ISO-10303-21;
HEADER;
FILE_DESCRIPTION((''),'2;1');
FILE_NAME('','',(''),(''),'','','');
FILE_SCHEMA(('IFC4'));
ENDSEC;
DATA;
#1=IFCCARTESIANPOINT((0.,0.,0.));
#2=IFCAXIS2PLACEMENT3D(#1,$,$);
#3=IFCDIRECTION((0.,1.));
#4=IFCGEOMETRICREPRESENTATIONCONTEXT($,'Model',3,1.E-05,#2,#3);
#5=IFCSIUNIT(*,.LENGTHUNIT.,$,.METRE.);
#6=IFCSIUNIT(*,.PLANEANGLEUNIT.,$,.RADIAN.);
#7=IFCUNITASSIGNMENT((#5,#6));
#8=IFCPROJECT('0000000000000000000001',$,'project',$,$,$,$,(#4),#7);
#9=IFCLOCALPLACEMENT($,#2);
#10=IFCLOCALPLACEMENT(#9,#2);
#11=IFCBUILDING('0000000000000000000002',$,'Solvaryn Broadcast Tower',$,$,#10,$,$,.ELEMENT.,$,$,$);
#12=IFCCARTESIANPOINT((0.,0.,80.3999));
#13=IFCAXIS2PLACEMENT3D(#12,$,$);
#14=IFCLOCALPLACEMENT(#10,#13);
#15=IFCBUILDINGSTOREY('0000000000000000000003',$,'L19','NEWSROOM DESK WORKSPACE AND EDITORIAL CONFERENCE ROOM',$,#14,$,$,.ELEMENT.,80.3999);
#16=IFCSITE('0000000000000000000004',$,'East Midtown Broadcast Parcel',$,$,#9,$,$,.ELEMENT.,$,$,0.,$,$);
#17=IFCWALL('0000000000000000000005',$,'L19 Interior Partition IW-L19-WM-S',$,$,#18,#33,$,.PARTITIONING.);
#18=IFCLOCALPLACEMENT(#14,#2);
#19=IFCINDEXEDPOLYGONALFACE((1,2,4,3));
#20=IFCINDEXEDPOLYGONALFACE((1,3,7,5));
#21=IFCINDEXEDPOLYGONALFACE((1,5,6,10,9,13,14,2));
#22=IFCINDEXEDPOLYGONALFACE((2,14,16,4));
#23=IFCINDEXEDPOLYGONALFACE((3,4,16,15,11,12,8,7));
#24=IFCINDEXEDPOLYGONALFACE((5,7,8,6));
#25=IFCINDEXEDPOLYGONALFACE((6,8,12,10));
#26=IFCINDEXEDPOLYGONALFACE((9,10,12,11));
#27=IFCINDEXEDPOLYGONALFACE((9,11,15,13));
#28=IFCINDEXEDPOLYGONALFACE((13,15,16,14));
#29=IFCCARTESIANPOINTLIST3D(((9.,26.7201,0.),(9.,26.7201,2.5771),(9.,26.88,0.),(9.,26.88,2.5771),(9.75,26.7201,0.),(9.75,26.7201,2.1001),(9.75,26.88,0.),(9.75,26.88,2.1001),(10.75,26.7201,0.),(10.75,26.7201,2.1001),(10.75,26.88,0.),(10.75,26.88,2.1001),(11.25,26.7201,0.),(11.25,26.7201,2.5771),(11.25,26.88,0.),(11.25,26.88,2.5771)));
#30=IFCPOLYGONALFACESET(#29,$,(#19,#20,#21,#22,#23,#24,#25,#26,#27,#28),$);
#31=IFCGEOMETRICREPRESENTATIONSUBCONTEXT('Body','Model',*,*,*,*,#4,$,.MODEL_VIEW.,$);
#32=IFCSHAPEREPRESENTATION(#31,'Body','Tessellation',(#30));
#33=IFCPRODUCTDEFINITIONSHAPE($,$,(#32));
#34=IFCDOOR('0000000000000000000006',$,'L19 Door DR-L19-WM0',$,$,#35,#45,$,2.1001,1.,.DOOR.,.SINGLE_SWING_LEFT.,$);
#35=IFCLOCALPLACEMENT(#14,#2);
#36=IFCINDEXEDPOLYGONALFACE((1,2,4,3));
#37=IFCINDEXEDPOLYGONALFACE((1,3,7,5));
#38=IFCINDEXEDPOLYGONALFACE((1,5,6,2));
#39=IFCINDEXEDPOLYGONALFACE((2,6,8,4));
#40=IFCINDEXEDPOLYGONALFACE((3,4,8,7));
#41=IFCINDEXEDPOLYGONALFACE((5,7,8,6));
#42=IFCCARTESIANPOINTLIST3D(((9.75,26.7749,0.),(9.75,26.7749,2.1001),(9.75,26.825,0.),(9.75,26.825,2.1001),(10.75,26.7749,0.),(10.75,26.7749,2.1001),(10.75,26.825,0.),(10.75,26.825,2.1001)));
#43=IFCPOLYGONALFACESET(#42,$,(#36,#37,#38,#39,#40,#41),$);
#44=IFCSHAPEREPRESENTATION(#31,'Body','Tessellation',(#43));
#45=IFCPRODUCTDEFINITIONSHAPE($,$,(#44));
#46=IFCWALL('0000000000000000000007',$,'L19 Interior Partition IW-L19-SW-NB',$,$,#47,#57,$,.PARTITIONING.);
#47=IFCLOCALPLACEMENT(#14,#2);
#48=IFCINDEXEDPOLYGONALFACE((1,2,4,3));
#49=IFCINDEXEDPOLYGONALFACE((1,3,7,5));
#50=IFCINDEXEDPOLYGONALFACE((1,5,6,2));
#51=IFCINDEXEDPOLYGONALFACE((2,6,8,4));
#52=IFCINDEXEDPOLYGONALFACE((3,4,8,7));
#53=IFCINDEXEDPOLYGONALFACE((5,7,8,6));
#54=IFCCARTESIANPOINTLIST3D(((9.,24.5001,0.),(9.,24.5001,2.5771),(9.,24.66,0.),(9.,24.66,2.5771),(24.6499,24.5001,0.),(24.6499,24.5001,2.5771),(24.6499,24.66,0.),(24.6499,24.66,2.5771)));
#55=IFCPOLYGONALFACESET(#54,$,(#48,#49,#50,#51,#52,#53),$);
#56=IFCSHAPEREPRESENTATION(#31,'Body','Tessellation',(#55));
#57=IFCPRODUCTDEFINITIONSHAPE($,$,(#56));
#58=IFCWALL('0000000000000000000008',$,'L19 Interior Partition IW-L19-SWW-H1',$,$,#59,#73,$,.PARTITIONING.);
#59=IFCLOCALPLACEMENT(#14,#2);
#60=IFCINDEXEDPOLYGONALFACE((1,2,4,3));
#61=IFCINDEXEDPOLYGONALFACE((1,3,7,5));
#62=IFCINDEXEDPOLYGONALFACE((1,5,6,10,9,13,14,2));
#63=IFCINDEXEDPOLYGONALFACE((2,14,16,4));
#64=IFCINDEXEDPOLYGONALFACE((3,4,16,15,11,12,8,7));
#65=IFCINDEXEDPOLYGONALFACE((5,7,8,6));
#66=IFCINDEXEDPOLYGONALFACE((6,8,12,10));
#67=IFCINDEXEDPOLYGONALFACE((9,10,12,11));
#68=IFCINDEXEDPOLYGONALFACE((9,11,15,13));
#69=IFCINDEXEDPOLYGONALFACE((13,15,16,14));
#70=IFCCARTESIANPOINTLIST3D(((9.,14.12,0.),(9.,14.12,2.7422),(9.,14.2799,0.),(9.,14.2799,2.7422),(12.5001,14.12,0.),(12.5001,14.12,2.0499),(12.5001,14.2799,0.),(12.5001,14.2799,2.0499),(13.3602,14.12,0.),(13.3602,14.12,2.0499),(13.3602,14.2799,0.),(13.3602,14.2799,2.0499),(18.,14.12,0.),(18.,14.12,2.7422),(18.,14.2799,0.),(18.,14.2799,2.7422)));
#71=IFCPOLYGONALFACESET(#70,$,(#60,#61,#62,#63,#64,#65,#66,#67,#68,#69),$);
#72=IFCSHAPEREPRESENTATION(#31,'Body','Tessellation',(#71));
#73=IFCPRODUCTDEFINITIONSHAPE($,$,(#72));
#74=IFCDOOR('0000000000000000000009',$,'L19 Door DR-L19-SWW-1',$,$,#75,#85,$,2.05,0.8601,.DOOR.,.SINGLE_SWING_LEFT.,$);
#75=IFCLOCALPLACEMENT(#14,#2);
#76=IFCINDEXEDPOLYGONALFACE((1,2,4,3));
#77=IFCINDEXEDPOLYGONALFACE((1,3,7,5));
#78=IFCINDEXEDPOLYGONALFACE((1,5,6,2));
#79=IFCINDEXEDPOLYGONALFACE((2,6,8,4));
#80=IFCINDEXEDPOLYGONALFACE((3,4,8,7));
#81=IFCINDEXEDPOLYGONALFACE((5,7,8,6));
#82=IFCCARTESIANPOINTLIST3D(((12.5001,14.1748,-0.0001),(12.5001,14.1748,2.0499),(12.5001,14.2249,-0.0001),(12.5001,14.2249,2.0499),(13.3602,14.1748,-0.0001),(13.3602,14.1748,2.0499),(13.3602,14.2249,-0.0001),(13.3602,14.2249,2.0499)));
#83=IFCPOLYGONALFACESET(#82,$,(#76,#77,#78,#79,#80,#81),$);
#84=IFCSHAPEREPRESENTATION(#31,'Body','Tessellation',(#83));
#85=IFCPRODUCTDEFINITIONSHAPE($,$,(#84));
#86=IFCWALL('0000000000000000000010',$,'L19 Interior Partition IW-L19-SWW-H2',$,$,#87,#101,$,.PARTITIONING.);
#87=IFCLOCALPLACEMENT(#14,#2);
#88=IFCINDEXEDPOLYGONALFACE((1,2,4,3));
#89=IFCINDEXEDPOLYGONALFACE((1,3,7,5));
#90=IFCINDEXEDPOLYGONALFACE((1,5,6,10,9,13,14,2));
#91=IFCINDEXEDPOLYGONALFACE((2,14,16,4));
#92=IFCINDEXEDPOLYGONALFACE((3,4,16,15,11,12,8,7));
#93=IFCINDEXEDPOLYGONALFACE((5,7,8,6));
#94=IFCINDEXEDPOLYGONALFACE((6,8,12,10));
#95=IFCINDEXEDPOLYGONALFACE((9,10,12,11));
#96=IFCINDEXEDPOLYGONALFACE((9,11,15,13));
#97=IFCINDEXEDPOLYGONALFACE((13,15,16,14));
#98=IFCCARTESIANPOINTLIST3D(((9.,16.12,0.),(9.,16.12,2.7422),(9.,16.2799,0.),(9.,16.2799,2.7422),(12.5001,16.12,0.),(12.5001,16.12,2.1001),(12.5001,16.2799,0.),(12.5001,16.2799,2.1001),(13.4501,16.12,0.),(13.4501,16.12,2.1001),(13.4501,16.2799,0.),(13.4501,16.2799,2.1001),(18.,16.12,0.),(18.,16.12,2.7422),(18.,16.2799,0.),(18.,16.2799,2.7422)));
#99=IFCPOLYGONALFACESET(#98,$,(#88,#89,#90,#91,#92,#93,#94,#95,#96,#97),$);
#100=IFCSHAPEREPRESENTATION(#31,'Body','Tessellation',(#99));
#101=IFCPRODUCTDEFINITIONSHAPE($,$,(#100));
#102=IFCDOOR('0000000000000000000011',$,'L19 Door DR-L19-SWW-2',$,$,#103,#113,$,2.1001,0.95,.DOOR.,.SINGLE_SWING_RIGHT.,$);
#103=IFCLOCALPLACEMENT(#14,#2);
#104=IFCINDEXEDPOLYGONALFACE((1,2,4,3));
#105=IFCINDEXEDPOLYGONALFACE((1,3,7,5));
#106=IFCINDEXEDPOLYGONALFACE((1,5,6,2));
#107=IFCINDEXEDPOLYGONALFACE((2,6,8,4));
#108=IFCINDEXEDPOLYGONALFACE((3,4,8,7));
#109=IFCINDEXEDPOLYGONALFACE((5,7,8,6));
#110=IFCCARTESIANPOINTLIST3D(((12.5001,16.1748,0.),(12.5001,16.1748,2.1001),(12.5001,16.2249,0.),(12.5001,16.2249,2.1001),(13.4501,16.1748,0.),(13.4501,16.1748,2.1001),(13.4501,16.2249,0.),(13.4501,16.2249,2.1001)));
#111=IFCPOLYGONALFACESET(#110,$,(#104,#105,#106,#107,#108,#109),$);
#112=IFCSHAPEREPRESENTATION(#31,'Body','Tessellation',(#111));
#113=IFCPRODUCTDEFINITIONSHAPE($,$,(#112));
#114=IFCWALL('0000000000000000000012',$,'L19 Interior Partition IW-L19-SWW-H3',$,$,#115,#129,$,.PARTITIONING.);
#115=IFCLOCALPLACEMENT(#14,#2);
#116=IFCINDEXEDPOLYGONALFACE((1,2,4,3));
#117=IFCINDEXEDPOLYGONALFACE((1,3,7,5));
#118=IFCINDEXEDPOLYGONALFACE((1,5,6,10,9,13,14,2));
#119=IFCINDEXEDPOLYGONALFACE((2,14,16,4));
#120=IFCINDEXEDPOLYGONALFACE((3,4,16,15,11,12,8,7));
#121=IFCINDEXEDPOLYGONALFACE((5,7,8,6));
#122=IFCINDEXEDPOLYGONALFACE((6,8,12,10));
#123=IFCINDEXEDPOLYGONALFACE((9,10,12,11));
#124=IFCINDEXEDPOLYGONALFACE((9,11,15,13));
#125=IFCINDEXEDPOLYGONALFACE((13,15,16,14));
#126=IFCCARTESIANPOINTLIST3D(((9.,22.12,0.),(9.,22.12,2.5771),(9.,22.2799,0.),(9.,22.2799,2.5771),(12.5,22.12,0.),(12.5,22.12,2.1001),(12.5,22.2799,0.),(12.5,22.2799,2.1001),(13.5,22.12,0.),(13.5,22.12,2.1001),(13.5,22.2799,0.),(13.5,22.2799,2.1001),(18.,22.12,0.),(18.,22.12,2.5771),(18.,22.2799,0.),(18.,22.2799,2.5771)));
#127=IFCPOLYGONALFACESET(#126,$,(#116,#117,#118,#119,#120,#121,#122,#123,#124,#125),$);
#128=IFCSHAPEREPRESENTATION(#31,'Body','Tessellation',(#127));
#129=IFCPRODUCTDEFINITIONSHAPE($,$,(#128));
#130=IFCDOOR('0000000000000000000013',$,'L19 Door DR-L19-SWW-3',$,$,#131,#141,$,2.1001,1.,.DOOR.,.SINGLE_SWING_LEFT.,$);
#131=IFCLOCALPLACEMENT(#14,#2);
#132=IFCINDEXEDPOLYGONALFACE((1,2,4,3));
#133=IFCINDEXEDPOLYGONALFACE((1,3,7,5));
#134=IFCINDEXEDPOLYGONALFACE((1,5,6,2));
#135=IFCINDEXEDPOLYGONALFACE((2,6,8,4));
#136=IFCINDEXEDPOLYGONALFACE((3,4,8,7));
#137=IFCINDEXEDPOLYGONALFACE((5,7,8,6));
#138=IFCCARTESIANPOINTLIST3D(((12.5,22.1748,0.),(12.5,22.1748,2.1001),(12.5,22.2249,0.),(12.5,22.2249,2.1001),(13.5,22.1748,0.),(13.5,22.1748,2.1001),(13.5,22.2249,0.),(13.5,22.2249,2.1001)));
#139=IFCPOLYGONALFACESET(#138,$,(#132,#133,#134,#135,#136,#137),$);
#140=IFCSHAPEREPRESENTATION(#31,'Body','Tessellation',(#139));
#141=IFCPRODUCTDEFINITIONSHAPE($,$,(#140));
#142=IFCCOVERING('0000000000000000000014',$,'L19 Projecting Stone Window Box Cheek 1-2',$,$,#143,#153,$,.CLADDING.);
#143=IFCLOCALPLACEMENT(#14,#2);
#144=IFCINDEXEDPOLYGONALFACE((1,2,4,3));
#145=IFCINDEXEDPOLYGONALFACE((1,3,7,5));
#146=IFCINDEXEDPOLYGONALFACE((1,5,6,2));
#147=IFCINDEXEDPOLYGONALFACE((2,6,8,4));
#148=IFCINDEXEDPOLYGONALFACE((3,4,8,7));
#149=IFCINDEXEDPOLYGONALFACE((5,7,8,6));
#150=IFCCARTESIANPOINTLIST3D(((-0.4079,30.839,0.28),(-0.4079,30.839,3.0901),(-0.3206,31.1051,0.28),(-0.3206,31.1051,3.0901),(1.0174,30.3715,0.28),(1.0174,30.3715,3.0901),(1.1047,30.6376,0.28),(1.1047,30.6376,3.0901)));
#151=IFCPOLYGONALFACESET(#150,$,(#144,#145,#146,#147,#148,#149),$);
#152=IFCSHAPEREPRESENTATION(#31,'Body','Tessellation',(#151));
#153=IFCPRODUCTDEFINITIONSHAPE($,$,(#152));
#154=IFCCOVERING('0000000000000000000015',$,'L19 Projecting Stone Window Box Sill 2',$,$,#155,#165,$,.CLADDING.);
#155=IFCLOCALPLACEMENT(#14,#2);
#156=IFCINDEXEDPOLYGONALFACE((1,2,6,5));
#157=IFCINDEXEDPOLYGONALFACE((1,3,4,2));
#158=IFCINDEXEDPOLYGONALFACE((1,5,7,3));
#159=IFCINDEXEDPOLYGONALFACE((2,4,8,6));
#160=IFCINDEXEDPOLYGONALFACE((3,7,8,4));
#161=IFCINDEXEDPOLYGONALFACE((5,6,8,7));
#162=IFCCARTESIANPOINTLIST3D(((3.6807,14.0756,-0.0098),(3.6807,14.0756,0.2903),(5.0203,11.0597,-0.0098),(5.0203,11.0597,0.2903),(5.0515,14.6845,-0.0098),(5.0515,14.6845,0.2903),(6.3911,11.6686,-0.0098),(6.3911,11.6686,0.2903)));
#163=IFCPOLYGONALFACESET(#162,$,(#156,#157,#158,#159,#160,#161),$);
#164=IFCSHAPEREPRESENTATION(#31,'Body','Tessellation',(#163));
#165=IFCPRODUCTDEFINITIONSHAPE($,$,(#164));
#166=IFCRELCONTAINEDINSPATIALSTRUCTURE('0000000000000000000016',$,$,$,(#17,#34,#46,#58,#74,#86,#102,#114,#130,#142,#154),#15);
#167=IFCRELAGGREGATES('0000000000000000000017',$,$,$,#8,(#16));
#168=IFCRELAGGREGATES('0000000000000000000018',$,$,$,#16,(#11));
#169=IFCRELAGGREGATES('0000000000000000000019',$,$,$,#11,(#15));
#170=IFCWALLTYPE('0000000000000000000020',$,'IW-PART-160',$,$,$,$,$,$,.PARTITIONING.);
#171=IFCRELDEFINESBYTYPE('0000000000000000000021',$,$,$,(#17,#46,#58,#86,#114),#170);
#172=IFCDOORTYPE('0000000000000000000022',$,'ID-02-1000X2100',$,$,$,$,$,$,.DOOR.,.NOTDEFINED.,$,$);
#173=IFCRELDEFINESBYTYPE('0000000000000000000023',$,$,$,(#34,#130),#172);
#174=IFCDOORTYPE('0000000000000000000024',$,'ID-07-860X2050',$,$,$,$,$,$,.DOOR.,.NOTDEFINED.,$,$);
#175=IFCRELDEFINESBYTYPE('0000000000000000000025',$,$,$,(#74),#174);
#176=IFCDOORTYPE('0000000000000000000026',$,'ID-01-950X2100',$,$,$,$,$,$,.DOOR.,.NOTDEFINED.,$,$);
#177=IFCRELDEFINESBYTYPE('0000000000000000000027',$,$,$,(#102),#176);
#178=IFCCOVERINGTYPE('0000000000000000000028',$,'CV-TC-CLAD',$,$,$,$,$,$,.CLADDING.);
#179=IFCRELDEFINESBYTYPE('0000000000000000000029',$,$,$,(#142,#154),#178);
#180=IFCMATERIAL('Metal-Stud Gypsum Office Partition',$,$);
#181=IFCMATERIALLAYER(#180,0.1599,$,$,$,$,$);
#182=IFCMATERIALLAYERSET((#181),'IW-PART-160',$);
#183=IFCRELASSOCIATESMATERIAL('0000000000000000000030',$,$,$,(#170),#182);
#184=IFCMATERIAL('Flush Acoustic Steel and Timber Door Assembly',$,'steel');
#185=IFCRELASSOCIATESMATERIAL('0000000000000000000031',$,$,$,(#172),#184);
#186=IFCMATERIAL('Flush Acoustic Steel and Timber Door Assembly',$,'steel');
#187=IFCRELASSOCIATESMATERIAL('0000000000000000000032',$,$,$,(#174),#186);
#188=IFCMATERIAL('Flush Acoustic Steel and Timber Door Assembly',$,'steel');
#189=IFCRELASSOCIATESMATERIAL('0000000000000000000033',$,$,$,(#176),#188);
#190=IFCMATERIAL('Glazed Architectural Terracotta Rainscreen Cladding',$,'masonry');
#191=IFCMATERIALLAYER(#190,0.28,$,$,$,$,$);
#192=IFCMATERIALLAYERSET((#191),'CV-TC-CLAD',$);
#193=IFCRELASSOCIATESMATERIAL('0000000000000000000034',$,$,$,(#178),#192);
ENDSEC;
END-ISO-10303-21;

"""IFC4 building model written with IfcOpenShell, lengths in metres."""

from ifc_helpers import new_model, si_unit, direction, frame, frame_2d, origin, origin_2d, place, context, subcontext, project, spatial, rectangle, extrude, material, layer, layer_set, type_object, element, fill, save


model = new_model("IFC4")

# Units and contexts
model_context = context("Model", 3, precision=1e-05, world=origin(), true_north=direction((0.0, 1.0)))
body_context = subcontext(model_context, "Body", "Model", "MODEL_VIEW")
ifc_project = project(units=[si_unit("LENGTHUNIT", "METRE"), si_unit("PLANEANGLEUNIT", "RADIAN")], contexts=[model_context])

# Site, building, storey
site_placement = place(None, origin())
site = spatial("IfcSite", under=ifc_project, at=site_placement, Name="East Midtown Broadcast Parcel", CompositionType="ELEMENT", RefElevation=0.0)
building_placement = place(site_placement, origin())
building = spatial("IfcBuilding", under=site, at=building_placement, Name="Solvaryn Broadcast Tower", CompositionType="ELEMENT")
storey_placement = place(building_placement, frame((0.0, 0.0, 80.3999)))
storey = spatial("IfcBuildingStorey", under=building, at=storey_placement, Name="L19", Description="NEWSROOM DESK WORKSPACE AND EDITORIAL CONFERENCE ROOM", CompositionType="ELEMENT", Elevation=80.3999)

# Wall, opening, door
ifc_material_1 = material(Name="Metal-Stud Gypsum Office Partition")
ifc_layer_1 = layer(ifc_material_1, 0.1599)
ifc_layer_set_1 = layer_set([ifc_layer_1], Name="IW-PART-160")
wall_type_1 = type_object("IfcWallType", Name="IW-PART-160", PredefinedType="PARTITIONING", material=ifc_layer_set_1)
wall_1_placement = place(storey_placement, frame((9.0, 26.8, 0.0), z_axis=(0.0, 0.0, 1.0), x_axis=(1.0, 0.0, 0.0)))
wall_1 = element("IfcWall", 1, at=wall_1_placement, inside=storey, type_object=wall_type_1, Name="L19 Interior Partition IW-L19-WM-S", PredefinedType="PARTITIONING", context=body_context, shape_type="SweptSolid", body=[
    extrude(rectangle(XDim=2.25, YDim=0.1599, at=frame_2d((1.125, 0.0))), origin(), (0.0, 0.0, 1.0), 2.5771),
])
opening_1_placement = place(wall_1_placement, frame((0.75, 0.0, 0.0)))
opening_1 = element("IfcOpeningElement", 2, at=opening_1_placement, cuts=wall_1, PredefinedType="OPENING", context=body_context, shape_type="SweptSolid", body=[
    extrude(rectangle(XDim=1.0, YDim=2.1001, at=frame_2d((0.5, 1.05))), frame((0.0, 0.0901, 0.0), z_axis=(0.0, -1.0, 0.0), x_axis=(1.0, 0.0, 0.0)), (0.0, 0.0, 1.0), 0.1799),
])
ifc_material_2 = material(Name="Flush Acoustic Steel and Timber Door Assembly", Category="steel")
door_type_1 = type_object("IfcDoorType", Name="ID-02-1000X2100", OperationType="NOTDEFINED", PredefinedType="DOOR", material=ifc_material_2)
door_1_placement = place(opening_1_placement, origin())
door_1 = element("IfcDoor", 3, at=door_1_placement, inside=storey, type_object=door_type_1, Name="L19 Door DR-L19-WM0", OperationType="SINGLE_SWING_LEFT", OverallHeight=2.1001, OverallWidth=1.0, PredefinedType="DOOR", context=body_context, shape_type="SweptSolid", body=[
    extrude(rectangle(XDim=1.0, YDim=2.1001, at=frame_2d((0.5, 1.05))), frame((0.0, 0.0249, 0.0), z_axis=(0.0, -1.0, 0.0), x_axis=(1.0, 0.0, 0.0)), (0.0, 0.0, 1.0), 0.05),
])
fill(opening_1, door_1)

# Wall
wall_2_placement = place(storey_placement, frame((9.0, 24.5801, 0.0), z_axis=(0.0, 0.0, 1.0), x_axis=(1.0, 0.0, 0.0)))
element("IfcWall", 4, at=wall_2_placement, inside=storey, type_object=wall_type_1, Name="L19 Interior Partition IW-L19-SW-NB", PredefinedType="PARTITIONING", context=body_context, shape_type="SweptSolid", body=[
    extrude(rectangle(XDim=15.6499, YDim=0.1599, at=frame_2d((7.825, 0.0))), origin(), (0.0, 0.0, 1.0), 2.5771),
])

# Walls, openings, doors
wall_3_placement = place(storey_placement, frame((9.0, 14.2, 0.0), z_axis=(0.0, 0.0, 1.0), x_axis=(1.0, 0.0, 0.0)))
wall_3 = element("IfcWall", 5, at=wall_3_placement, inside=storey, type_object=wall_type_1, Name="L19 Interior Partition IW-L19-SWW-H1", PredefinedType="PARTITIONING", context=body_context, shape_type="SweptSolid", body=[
    extrude(rectangle(XDim=9.0, YDim=0.1599, at=frame_2d((4.5, 0.0))), origin(), (0.0, 0.0, 1.0), 2.7422),
])
opening_2_placement = place(wall_3_placement, frame((3.5, 0.0, 0.0)))
opening_2 = element("IfcOpeningElement", 6, at=opening_2_placement, cuts=wall_3, PredefinedType="OPENING", context=body_context, shape_type="SweptSolid", body=[
    extrude(rectangle(XDim=0.8601, YDim=2.05, at=frame_2d((0.4302, 1.0249))), frame((0.0, 0.0901, 0.0), z_axis=(0.0, -1.0, 0.0), x_axis=(1.0, 0.0, 0.0)), (0.0, 0.0, 1.0), 0.1799),
])
ifc_material_3 = material(Name="Flush Acoustic Steel and Timber Door Assembly", Category="steel")
door_type_2 = type_object("IfcDoorType", Name="ID-07-860X2050", OperationType="NOTDEFINED", PredefinedType="DOOR", material=ifc_material_3)
door_2_placement = place(opening_2_placement, origin())
door_2 = element("IfcDoor", 7, at=door_2_placement, inside=storey, type_object=door_type_2, Name="L19 Door DR-L19-SWW-1", OperationType="SINGLE_SWING_LEFT", OverallHeight=2.05, OverallWidth=0.8601, PredefinedType="DOOR", context=body_context, shape_type="SweptSolid", body=[
    extrude(rectangle(XDim=0.8601, YDim=2.05, at=frame_2d((0.4302, 1.0249))), frame((0.0, 0.0249, 0.0), z_axis=(0.0, -1.0, 0.0), x_axis=(1.0, 0.0, 0.0)), (0.0, 0.0, 1.0), 0.05),
])
fill(opening_2, door_2)
wall_4_placement = place(storey_placement, frame((9.0, 16.2, 0.0), z_axis=(0.0, 0.0, 1.0), x_axis=(1.0, 0.0, 0.0)))
wall_4 = element("IfcWall", 8, at=wall_4_placement, inside=storey, type_object=wall_type_1, Name="L19 Interior Partition IW-L19-SWW-H2", PredefinedType="PARTITIONING", context=body_context, shape_type="SweptSolid", body=[
    extrude(rectangle(XDim=9.0, YDim=0.1599, at=frame_2d((4.5, 0.0))), origin(), (0.0, 0.0, 1.0), 2.7422),
])
opening_3_placement = place(wall_4_placement, frame((3.5, 0.0, 0.0)))
opening_3 = element("IfcOpeningElement", 9, at=opening_3_placement, cuts=wall_4, PredefinedType="OPENING", context=body_context, shape_type="SweptSolid", body=[
    extrude(rectangle(XDim=0.95, YDim=2.1001, at=frame_2d((0.4751, 1.05))), frame((0.0, 0.0901, 0.0), z_axis=(0.0, -1.0, 0.0), x_axis=(1.0, 0.0, 0.0)), (0.0, 0.0, 1.0), 0.1799),
])
ifc_material_4 = material(Name="Flush Acoustic Steel and Timber Door Assembly", Category="steel")
door_type_3 = type_object("IfcDoorType", Name="ID-01-950X2100", OperationType="NOTDEFINED", PredefinedType="DOOR", material=ifc_material_4)
door_3_placement = place(opening_3_placement, origin())
door_3 = element("IfcDoor", 10, at=door_3_placement, inside=storey, type_object=door_type_3, Name="L19 Door DR-L19-SWW-2", OperationType="SINGLE_SWING_RIGHT", OverallHeight=2.1001, OverallWidth=0.95, PredefinedType="DOOR", context=body_context, shape_type="SweptSolid", body=[
    extrude(rectangle(XDim=0.95, YDim=2.1001, at=frame_2d((0.4751, 1.05))), frame((0.0, 0.0249, 0.0), z_axis=(0.0, -1.0, 0.0), x_axis=(1.0, 0.0, 0.0)), (0.0, 0.0, 1.0), 0.05),
])
fill(opening_3, door_3)
wall_5_placement = place(storey_placement, frame((9.0, 22.2, 0.0), z_axis=(0.0, 0.0, 1.0), x_axis=(1.0, 0.0, 0.0)))
wall_5 = element("IfcWall", 11, at=wall_5_placement, inside=storey, type_object=wall_type_1, Name="L19 Interior Partition IW-L19-SWW-H3", PredefinedType="PARTITIONING", context=body_context, shape_type="SweptSolid", body=[
    extrude(rectangle(XDim=9.0, YDim=0.1599, at=frame_2d((4.5, 0.0))), origin(), (0.0, 0.0, 1.0), 2.5771),
])
opening_4_placement = place(wall_5_placement, frame((3.5, 0.0, 0.0)))
opening_4 = element("IfcOpeningElement", 12, at=opening_4_placement, cuts=wall_5, PredefinedType="OPENING", context=body_context, shape_type="SweptSolid", body=[
    extrude(rectangle(XDim=1.0, YDim=2.1001, at=frame_2d((0.5, 1.05))), frame((0.0, 0.0901, 0.0), z_axis=(0.0, -1.0, 0.0), x_axis=(1.0, 0.0, 0.0)), (0.0, 0.0, 1.0), 0.1799),
])
door_4_placement = place(opening_4_placement, origin())
door_4 = element("IfcDoor", 13, at=door_4_placement, inside=storey, type_object=door_type_1, Name="L19 Door DR-L19-SWW-3", OperationType="SINGLE_SWING_LEFT", OverallHeight=2.1001, OverallWidth=1.0, PredefinedType="DOOR", context=body_context, shape_type="SweptSolid", body=[
    extrude(rectangle(XDim=1.0, YDim=2.1001, at=frame_2d((0.5, 1.05))), frame((0.0, 0.0249, 0.0), z_axis=(0.0, -1.0, 0.0), x_axis=(1.0, 0.0, 0.0)), (0.0, 0.0, 1.0), 0.05),
])
fill(opening_4, door_4)

# Coverings
ifc_material_5 = material(Name="Glazed Architectural Terracotta Rainscreen Cladding", Category="masonry")
ifc_layer_2 = layer(ifc_material_5, 0.28)
ifc_layer_set_2 = layer_set([ifc_layer_2], Name="CV-TC-CLAD")
covering_type_1 = type_object("IfcCoveringType", Name="CV-TC-CLAD", PredefinedType="CLADDING", material=ifc_layer_set_2)
covering_1_placement = place(storey_placement, frame((0.3484, 30.7383, 0.28), z_axis=(0.0, 0.0, 1.0), x_axis=(-0.311672, -0.95019, 0.0)))
element("IfcCovering", 14, at=covering_1_placement, inside=storey, type_object=covering_type_1, Name="L19 Projecting Stone Window Box Cheek 1-2", PredefinedType="CLADDING", context=body_context, shape_type="SweptSolid", body=[
    extrude(rectangle(XDim=0.28, YDim=1.5, at=origin_2d()), origin(), (0.0, 0.0, 1.0), 2.8101),
])
covering_2_placement = place(storey_placement, frame((5.0359, 12.8721, -0.0098), z_axis=(0.0, 0.0, 1.0), x_axis=(0.405939, -0.9139, 0.0)))
element("IfcCovering", 15, at=covering_2_placement, inside=storey, type_object=covering_type_1, Name="L19 Projecting Stone Window Box Sill 2", PredefinedType="CLADDING", context=body_context, shape_type="SweptSolid", body=[
    extrude(rectangle(XDim=3.3, YDim=1.5, at=origin_2d()), origin(), (0.0, 0.0, 1.0), 0.3),
])

save(model, "model.ifc")
